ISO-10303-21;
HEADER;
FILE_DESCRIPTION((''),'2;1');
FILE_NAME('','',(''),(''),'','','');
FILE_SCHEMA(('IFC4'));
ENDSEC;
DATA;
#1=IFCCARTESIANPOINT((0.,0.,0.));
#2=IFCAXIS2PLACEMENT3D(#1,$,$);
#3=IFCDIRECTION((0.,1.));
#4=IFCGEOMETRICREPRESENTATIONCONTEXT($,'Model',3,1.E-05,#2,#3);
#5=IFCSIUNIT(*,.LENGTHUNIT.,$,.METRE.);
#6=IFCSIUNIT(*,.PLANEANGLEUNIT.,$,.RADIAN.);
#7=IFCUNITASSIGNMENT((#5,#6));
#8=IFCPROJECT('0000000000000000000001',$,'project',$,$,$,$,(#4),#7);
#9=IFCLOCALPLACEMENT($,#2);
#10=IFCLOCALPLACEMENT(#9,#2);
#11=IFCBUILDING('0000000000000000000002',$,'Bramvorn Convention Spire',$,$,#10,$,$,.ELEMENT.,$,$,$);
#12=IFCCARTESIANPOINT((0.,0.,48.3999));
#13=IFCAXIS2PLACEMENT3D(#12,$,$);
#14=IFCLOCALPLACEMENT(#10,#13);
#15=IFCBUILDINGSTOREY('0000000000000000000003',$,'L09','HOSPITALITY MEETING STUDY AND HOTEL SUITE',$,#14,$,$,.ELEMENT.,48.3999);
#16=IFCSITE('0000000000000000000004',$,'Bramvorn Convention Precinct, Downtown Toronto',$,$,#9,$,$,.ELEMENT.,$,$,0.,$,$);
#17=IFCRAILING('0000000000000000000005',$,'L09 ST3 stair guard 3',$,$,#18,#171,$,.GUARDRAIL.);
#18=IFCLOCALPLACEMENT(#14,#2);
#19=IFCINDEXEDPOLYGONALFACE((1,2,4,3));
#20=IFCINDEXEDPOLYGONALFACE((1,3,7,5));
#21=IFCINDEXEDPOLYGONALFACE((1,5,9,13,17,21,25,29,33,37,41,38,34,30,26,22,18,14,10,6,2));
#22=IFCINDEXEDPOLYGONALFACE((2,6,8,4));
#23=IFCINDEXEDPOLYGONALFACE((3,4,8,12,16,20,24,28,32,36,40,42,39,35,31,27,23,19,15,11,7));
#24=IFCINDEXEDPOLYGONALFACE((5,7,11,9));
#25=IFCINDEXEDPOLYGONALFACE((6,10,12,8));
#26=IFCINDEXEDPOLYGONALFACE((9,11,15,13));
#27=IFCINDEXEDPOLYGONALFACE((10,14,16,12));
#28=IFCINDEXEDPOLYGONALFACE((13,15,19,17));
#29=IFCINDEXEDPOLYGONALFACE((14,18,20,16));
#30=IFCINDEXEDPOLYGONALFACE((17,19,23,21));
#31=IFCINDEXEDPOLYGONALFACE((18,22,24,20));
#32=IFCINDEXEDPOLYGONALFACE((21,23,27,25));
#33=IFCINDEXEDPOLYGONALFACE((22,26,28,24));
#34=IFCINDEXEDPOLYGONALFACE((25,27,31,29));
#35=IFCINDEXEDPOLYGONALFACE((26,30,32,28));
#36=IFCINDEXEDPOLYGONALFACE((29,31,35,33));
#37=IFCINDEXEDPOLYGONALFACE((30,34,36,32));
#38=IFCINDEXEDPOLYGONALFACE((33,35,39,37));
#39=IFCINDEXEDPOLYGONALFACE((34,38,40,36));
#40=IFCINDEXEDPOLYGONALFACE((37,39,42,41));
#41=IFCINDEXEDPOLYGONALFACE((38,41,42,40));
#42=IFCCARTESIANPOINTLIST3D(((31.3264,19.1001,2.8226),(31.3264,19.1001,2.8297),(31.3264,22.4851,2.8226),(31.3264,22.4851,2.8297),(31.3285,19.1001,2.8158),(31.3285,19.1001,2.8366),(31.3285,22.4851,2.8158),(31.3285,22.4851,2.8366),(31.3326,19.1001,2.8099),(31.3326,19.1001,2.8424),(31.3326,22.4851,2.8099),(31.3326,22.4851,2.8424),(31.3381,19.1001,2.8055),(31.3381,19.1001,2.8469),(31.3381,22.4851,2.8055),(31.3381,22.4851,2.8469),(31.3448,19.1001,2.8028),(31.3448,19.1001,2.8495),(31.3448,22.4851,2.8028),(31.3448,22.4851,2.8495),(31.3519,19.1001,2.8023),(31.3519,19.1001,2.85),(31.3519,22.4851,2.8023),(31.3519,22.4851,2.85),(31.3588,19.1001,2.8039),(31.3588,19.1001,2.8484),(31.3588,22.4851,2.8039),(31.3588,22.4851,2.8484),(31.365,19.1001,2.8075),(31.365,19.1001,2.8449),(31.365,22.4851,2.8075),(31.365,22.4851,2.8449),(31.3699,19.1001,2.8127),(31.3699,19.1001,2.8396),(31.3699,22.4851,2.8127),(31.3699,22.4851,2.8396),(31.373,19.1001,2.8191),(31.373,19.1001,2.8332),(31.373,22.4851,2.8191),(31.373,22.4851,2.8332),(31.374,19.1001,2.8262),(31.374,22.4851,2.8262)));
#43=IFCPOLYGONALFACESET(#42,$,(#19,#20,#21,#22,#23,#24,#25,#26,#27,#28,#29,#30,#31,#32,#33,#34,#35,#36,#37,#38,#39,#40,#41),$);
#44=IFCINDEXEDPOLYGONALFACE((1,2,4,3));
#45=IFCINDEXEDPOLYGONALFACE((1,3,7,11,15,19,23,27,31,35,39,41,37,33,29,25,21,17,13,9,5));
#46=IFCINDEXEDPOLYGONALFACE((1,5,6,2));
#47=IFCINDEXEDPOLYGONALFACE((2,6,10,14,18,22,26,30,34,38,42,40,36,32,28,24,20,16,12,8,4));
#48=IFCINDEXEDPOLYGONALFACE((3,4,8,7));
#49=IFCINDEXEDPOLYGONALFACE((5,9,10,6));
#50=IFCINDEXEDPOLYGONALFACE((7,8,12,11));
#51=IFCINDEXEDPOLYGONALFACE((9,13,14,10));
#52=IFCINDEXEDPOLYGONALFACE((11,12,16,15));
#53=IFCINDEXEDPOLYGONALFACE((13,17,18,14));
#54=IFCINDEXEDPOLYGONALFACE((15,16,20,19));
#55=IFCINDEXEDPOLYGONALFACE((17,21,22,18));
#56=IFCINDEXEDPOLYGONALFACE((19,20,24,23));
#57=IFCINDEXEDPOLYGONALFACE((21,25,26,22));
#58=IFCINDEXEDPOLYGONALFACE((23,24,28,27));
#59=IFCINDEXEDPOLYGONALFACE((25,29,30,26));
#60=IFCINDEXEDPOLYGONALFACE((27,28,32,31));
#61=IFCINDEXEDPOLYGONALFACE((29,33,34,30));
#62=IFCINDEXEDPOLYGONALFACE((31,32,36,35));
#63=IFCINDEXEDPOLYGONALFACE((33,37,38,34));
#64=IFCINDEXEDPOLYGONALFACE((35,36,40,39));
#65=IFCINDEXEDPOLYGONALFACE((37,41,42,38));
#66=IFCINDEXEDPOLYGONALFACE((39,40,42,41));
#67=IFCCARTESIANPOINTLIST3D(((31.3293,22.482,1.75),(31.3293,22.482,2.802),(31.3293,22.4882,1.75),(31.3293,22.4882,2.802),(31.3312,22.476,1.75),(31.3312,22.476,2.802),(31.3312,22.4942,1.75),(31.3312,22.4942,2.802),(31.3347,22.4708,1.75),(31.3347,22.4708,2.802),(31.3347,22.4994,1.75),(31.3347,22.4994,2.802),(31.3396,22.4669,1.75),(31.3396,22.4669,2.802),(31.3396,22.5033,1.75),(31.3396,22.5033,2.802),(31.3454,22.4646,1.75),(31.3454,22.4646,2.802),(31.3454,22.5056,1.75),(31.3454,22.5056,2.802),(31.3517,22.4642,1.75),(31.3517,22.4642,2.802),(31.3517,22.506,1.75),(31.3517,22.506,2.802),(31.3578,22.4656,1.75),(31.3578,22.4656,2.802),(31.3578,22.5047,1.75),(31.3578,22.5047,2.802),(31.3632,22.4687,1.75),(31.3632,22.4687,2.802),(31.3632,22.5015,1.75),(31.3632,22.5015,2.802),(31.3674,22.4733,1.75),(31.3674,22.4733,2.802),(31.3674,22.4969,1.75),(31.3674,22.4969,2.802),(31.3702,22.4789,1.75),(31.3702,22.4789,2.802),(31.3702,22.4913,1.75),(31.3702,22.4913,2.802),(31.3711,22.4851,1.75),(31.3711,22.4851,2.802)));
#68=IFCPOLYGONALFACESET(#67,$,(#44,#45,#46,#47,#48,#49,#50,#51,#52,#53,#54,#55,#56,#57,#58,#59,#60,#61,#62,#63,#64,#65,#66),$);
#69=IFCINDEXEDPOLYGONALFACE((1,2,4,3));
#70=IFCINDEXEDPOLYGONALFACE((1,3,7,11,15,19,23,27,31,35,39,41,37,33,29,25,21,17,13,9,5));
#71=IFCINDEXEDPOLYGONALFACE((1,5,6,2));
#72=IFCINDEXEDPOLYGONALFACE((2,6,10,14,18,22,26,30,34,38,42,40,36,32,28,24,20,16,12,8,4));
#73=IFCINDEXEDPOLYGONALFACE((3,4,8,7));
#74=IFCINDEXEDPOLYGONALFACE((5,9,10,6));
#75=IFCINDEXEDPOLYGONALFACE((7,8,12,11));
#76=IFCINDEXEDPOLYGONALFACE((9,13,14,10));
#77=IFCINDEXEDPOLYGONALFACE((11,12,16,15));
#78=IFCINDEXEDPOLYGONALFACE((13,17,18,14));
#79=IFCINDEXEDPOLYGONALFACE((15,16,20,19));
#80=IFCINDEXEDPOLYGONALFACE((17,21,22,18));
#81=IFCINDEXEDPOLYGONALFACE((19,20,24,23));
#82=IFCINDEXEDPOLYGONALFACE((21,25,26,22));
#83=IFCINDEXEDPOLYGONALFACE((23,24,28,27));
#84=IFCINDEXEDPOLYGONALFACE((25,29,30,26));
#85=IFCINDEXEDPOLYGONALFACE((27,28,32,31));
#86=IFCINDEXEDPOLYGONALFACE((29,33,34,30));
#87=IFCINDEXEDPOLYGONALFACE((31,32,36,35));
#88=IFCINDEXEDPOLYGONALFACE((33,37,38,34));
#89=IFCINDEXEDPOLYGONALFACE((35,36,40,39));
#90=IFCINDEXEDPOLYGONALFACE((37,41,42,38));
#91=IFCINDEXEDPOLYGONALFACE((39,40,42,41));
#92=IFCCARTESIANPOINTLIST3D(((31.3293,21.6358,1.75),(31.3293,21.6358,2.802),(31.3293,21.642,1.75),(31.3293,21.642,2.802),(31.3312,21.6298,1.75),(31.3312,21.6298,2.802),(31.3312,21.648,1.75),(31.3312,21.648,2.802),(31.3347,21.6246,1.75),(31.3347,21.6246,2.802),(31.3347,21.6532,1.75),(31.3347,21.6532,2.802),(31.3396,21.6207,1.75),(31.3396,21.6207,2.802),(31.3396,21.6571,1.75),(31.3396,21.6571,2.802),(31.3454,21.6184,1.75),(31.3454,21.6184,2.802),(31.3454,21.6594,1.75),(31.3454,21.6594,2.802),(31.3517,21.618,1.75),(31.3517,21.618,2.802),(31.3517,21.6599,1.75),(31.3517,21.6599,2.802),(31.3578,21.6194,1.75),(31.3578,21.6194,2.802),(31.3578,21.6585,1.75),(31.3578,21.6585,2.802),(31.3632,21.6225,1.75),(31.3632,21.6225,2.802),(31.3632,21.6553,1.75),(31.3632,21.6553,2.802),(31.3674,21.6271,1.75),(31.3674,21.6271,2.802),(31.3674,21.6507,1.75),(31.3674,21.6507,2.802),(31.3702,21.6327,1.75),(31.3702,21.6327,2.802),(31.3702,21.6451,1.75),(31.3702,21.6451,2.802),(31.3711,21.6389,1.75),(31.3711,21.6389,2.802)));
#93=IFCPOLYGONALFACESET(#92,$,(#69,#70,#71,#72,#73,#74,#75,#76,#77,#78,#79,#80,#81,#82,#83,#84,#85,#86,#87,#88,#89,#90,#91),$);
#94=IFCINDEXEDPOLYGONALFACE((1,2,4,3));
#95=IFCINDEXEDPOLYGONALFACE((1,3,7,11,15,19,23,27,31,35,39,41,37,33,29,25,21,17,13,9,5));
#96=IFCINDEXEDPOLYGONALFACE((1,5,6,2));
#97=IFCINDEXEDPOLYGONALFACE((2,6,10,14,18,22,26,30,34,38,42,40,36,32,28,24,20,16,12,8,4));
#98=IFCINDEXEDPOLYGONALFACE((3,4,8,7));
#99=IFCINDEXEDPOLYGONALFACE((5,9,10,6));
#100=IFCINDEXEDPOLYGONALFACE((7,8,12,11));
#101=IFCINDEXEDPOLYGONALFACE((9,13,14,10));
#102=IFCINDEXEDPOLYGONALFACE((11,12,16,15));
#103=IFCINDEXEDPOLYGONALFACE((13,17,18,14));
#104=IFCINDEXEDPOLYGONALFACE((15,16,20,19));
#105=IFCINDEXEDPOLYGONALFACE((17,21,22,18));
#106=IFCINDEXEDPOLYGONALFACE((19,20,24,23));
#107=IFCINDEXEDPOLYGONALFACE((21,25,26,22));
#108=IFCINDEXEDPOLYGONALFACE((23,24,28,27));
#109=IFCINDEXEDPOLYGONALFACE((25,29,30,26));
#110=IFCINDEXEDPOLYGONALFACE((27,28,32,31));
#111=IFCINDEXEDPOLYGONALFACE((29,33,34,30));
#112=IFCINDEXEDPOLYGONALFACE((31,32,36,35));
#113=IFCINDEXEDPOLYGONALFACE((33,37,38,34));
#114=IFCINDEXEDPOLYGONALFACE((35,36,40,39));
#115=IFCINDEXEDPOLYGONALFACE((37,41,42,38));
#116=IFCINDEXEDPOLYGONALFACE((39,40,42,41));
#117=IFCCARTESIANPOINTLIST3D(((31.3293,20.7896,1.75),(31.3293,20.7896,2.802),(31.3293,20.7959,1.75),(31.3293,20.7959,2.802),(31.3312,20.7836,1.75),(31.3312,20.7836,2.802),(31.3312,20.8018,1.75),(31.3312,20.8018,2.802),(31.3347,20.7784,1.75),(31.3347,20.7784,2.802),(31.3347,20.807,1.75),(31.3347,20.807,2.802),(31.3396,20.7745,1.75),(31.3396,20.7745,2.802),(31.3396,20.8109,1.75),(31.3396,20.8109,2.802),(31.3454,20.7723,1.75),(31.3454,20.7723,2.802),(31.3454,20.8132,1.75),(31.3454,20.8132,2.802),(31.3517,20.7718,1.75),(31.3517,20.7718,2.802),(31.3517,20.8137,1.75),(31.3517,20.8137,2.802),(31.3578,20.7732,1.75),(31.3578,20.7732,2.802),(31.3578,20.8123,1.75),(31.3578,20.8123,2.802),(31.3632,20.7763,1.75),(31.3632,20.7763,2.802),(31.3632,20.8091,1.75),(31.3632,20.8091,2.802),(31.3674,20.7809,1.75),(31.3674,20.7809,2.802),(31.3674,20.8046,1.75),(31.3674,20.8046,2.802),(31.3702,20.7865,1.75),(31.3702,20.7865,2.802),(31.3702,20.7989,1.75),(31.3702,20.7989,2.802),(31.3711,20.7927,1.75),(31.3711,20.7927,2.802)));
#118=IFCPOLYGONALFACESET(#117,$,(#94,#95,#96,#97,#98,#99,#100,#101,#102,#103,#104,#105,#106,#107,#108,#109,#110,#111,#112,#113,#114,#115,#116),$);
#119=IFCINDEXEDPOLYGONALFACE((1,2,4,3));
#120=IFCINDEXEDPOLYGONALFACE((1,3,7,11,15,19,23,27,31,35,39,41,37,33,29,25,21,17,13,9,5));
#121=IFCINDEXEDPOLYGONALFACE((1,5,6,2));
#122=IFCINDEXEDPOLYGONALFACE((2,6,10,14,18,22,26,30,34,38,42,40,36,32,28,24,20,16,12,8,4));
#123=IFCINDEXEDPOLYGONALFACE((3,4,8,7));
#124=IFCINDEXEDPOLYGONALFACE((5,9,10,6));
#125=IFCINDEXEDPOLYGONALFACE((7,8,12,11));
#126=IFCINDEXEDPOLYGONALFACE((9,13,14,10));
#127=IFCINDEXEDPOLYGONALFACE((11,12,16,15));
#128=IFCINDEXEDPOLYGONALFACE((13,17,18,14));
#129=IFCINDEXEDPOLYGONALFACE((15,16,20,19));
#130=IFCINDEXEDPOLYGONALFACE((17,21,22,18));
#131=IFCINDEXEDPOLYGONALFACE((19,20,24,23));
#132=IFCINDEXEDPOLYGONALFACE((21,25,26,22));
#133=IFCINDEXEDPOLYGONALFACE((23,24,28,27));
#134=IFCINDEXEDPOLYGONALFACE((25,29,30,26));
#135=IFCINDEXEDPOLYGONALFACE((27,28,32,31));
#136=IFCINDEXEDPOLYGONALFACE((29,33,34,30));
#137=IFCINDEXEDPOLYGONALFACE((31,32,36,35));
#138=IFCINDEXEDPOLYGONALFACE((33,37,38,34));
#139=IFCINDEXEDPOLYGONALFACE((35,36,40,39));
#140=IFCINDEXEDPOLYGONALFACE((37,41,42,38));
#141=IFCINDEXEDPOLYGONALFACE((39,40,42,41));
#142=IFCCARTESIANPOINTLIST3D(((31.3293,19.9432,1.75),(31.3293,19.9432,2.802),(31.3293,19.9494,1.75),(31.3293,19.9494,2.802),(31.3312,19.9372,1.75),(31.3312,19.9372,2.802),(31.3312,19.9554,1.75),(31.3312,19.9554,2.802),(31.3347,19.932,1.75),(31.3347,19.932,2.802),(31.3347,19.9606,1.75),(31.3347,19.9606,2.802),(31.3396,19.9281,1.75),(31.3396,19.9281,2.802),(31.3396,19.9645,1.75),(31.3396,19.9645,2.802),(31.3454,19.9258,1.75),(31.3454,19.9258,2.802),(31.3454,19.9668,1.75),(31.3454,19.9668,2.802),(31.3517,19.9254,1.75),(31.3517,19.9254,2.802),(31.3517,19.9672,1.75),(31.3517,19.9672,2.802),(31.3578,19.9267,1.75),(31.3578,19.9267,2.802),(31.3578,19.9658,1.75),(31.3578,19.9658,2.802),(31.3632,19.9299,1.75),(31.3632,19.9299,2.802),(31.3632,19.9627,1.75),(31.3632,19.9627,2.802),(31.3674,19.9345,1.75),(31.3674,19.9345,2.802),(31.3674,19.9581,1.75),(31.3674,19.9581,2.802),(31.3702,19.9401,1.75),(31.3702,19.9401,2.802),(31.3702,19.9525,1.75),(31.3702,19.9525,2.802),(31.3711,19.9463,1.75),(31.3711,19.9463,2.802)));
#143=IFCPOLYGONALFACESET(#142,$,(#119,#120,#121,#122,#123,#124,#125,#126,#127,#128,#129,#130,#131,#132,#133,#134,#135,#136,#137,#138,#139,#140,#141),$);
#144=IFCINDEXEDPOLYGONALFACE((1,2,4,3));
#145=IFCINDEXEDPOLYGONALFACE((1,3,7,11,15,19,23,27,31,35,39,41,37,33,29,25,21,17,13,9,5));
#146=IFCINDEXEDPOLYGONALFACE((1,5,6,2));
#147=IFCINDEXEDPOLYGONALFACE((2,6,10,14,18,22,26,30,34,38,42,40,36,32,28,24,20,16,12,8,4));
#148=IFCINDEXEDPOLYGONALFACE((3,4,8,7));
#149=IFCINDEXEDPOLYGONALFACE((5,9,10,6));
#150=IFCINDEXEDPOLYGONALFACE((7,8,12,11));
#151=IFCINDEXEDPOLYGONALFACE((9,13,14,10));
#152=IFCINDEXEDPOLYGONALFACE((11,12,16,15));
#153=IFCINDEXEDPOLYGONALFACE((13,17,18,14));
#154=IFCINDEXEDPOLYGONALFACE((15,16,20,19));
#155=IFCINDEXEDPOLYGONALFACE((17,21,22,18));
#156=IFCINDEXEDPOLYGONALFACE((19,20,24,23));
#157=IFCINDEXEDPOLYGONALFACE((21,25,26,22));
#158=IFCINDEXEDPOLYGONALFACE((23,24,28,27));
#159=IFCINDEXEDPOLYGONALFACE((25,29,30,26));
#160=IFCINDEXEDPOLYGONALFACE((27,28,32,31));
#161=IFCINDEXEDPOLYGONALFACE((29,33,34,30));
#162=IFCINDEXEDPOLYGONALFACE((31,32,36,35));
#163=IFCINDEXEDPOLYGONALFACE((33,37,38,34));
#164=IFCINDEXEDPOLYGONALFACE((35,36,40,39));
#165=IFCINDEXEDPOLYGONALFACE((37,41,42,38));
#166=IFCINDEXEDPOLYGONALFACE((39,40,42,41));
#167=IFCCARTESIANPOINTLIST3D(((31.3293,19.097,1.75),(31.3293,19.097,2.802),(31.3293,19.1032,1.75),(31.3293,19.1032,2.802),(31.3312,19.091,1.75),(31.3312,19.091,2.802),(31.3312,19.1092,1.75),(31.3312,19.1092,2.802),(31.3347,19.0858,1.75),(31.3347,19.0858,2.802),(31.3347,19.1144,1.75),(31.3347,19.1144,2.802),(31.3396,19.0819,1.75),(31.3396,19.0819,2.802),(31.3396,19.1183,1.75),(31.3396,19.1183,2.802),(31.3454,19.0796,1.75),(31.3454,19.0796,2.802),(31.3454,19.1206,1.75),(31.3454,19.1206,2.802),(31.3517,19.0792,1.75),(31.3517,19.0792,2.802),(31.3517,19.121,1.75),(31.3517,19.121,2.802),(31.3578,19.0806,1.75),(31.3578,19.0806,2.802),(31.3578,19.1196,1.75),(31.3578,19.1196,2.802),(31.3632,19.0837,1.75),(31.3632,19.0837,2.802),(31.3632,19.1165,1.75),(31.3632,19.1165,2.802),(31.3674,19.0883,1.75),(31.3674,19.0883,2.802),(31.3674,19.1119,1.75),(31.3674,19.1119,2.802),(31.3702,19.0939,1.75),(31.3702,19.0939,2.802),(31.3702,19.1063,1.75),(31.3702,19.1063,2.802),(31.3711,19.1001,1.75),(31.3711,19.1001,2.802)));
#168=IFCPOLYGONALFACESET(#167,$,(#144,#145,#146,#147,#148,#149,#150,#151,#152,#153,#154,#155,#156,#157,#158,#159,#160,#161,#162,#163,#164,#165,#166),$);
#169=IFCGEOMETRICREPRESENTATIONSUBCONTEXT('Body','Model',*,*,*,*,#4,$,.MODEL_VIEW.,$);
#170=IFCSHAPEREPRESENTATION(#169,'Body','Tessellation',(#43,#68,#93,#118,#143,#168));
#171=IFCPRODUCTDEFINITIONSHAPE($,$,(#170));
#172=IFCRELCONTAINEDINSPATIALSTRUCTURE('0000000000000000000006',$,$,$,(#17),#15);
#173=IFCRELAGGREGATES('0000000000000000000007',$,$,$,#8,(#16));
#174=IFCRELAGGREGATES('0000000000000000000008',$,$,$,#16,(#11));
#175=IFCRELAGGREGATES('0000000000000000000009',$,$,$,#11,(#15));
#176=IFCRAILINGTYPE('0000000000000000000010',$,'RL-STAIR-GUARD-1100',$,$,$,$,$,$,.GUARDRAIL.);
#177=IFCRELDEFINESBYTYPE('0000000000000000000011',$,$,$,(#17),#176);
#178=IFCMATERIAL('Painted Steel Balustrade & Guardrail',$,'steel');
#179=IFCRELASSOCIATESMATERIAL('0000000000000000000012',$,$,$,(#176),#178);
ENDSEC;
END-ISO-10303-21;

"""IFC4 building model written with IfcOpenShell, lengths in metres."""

from ifc_helpers import new_model, si_unit, direction, frame, origin, origin_2d, place, context, subcontext, project, spatial, circle, extrude, material, type_object, element, save


model = new_model("IFC4")

# Units and contexts
model_context = context("Model", 3, precision=1e-05, world=origin(), true_north=direction((0.0, 1.0)))
body_context = subcontext(model_context, "Body", "Model", "MODEL_VIEW")
ifc_project = project(units=[si_unit("LENGTHUNIT", "METRE"), si_unit("PLANEANGLEUNIT", "RADIAN")], contexts=[model_context])

# Site, building, storey
site_placement = place(None, origin())
site = spatial("IfcSite", under=ifc_project, at=site_placement, Name="Bramvorn Convention Precinct, Downtown Toronto", CompositionType="ELEMENT", RefElevation=0.0)
building_placement = place(site_placement, origin())
building = spatial("IfcBuilding", under=site, at=building_placement, Name="Bramvorn Convention Spire", CompositionType="ELEMENT")
storey_placement = place(building_placement, frame((0.0, 0.0, 48.3999)))
storey = spatial("IfcBuildingStorey", under=building, at=storey_placement, Name="L09", Description="HOSPITALITY MEETING STUDY AND HOTEL SUITE", CompositionType="ELEMENT", Elevation=48.3999)

# Railing
ifc_material_1 = material(Name="Painted Steel Balustrade & Guardrail", Category="steel")
railing_type_1 = type_object("IfcRailingType", Name="RL-STAIR-GUARD-1100", PredefinedType="GUARDRAIL", material=ifc_material_1)
for number, where, name in (
    (1, (31.3501, 22.4851, 1.75), "L09 ST3 stair guard 3"),
):
    element("IfcRailing", number, at=place(storey_placement, frame(where)), inside=storey, type_object=railing_type_1, Name=name, PredefinedType="GUARDRAIL", context=body_context, shape_type="SweptSolid", body=[
        extrude(circle(Radius=0.0239, at=origin_2d()), frame((0.0, 0.0, 1.0762), z_axis=(0.0, -1.0, 0.0), x_axis=(1.0, 0.0, 0.0)), (0.0, 0.0, 1.0), 3.385),
        extrude(circle(Radius=0.021, at=origin_2d()), origin(), (0.0, 0.0, 1.0), 1.052),
        extrude(circle(Radius=0.021, at=origin_2d()), frame((0.0, -0.8462, 0.0)), (0.0, 0.0, 1.0), 1.052),
        extrude(circle(Radius=0.021, at=origin_2d()), frame((0.0, -1.6924, 0.0)), (0.0, 0.0, 1.0), 1.052),
        extrude(circle(Radius=0.021, at=origin_2d()), frame((0.0, -2.5388, 0.0)), (0.0, 0.0, 1.0), 1.052),
        extrude(circle(Radius=0.021, at=origin_2d()), frame((0.0, -3.385, 0.0)), (0.0, 0.0, 1.0), 1.052),
    ])

save(model, "model.ifc")
